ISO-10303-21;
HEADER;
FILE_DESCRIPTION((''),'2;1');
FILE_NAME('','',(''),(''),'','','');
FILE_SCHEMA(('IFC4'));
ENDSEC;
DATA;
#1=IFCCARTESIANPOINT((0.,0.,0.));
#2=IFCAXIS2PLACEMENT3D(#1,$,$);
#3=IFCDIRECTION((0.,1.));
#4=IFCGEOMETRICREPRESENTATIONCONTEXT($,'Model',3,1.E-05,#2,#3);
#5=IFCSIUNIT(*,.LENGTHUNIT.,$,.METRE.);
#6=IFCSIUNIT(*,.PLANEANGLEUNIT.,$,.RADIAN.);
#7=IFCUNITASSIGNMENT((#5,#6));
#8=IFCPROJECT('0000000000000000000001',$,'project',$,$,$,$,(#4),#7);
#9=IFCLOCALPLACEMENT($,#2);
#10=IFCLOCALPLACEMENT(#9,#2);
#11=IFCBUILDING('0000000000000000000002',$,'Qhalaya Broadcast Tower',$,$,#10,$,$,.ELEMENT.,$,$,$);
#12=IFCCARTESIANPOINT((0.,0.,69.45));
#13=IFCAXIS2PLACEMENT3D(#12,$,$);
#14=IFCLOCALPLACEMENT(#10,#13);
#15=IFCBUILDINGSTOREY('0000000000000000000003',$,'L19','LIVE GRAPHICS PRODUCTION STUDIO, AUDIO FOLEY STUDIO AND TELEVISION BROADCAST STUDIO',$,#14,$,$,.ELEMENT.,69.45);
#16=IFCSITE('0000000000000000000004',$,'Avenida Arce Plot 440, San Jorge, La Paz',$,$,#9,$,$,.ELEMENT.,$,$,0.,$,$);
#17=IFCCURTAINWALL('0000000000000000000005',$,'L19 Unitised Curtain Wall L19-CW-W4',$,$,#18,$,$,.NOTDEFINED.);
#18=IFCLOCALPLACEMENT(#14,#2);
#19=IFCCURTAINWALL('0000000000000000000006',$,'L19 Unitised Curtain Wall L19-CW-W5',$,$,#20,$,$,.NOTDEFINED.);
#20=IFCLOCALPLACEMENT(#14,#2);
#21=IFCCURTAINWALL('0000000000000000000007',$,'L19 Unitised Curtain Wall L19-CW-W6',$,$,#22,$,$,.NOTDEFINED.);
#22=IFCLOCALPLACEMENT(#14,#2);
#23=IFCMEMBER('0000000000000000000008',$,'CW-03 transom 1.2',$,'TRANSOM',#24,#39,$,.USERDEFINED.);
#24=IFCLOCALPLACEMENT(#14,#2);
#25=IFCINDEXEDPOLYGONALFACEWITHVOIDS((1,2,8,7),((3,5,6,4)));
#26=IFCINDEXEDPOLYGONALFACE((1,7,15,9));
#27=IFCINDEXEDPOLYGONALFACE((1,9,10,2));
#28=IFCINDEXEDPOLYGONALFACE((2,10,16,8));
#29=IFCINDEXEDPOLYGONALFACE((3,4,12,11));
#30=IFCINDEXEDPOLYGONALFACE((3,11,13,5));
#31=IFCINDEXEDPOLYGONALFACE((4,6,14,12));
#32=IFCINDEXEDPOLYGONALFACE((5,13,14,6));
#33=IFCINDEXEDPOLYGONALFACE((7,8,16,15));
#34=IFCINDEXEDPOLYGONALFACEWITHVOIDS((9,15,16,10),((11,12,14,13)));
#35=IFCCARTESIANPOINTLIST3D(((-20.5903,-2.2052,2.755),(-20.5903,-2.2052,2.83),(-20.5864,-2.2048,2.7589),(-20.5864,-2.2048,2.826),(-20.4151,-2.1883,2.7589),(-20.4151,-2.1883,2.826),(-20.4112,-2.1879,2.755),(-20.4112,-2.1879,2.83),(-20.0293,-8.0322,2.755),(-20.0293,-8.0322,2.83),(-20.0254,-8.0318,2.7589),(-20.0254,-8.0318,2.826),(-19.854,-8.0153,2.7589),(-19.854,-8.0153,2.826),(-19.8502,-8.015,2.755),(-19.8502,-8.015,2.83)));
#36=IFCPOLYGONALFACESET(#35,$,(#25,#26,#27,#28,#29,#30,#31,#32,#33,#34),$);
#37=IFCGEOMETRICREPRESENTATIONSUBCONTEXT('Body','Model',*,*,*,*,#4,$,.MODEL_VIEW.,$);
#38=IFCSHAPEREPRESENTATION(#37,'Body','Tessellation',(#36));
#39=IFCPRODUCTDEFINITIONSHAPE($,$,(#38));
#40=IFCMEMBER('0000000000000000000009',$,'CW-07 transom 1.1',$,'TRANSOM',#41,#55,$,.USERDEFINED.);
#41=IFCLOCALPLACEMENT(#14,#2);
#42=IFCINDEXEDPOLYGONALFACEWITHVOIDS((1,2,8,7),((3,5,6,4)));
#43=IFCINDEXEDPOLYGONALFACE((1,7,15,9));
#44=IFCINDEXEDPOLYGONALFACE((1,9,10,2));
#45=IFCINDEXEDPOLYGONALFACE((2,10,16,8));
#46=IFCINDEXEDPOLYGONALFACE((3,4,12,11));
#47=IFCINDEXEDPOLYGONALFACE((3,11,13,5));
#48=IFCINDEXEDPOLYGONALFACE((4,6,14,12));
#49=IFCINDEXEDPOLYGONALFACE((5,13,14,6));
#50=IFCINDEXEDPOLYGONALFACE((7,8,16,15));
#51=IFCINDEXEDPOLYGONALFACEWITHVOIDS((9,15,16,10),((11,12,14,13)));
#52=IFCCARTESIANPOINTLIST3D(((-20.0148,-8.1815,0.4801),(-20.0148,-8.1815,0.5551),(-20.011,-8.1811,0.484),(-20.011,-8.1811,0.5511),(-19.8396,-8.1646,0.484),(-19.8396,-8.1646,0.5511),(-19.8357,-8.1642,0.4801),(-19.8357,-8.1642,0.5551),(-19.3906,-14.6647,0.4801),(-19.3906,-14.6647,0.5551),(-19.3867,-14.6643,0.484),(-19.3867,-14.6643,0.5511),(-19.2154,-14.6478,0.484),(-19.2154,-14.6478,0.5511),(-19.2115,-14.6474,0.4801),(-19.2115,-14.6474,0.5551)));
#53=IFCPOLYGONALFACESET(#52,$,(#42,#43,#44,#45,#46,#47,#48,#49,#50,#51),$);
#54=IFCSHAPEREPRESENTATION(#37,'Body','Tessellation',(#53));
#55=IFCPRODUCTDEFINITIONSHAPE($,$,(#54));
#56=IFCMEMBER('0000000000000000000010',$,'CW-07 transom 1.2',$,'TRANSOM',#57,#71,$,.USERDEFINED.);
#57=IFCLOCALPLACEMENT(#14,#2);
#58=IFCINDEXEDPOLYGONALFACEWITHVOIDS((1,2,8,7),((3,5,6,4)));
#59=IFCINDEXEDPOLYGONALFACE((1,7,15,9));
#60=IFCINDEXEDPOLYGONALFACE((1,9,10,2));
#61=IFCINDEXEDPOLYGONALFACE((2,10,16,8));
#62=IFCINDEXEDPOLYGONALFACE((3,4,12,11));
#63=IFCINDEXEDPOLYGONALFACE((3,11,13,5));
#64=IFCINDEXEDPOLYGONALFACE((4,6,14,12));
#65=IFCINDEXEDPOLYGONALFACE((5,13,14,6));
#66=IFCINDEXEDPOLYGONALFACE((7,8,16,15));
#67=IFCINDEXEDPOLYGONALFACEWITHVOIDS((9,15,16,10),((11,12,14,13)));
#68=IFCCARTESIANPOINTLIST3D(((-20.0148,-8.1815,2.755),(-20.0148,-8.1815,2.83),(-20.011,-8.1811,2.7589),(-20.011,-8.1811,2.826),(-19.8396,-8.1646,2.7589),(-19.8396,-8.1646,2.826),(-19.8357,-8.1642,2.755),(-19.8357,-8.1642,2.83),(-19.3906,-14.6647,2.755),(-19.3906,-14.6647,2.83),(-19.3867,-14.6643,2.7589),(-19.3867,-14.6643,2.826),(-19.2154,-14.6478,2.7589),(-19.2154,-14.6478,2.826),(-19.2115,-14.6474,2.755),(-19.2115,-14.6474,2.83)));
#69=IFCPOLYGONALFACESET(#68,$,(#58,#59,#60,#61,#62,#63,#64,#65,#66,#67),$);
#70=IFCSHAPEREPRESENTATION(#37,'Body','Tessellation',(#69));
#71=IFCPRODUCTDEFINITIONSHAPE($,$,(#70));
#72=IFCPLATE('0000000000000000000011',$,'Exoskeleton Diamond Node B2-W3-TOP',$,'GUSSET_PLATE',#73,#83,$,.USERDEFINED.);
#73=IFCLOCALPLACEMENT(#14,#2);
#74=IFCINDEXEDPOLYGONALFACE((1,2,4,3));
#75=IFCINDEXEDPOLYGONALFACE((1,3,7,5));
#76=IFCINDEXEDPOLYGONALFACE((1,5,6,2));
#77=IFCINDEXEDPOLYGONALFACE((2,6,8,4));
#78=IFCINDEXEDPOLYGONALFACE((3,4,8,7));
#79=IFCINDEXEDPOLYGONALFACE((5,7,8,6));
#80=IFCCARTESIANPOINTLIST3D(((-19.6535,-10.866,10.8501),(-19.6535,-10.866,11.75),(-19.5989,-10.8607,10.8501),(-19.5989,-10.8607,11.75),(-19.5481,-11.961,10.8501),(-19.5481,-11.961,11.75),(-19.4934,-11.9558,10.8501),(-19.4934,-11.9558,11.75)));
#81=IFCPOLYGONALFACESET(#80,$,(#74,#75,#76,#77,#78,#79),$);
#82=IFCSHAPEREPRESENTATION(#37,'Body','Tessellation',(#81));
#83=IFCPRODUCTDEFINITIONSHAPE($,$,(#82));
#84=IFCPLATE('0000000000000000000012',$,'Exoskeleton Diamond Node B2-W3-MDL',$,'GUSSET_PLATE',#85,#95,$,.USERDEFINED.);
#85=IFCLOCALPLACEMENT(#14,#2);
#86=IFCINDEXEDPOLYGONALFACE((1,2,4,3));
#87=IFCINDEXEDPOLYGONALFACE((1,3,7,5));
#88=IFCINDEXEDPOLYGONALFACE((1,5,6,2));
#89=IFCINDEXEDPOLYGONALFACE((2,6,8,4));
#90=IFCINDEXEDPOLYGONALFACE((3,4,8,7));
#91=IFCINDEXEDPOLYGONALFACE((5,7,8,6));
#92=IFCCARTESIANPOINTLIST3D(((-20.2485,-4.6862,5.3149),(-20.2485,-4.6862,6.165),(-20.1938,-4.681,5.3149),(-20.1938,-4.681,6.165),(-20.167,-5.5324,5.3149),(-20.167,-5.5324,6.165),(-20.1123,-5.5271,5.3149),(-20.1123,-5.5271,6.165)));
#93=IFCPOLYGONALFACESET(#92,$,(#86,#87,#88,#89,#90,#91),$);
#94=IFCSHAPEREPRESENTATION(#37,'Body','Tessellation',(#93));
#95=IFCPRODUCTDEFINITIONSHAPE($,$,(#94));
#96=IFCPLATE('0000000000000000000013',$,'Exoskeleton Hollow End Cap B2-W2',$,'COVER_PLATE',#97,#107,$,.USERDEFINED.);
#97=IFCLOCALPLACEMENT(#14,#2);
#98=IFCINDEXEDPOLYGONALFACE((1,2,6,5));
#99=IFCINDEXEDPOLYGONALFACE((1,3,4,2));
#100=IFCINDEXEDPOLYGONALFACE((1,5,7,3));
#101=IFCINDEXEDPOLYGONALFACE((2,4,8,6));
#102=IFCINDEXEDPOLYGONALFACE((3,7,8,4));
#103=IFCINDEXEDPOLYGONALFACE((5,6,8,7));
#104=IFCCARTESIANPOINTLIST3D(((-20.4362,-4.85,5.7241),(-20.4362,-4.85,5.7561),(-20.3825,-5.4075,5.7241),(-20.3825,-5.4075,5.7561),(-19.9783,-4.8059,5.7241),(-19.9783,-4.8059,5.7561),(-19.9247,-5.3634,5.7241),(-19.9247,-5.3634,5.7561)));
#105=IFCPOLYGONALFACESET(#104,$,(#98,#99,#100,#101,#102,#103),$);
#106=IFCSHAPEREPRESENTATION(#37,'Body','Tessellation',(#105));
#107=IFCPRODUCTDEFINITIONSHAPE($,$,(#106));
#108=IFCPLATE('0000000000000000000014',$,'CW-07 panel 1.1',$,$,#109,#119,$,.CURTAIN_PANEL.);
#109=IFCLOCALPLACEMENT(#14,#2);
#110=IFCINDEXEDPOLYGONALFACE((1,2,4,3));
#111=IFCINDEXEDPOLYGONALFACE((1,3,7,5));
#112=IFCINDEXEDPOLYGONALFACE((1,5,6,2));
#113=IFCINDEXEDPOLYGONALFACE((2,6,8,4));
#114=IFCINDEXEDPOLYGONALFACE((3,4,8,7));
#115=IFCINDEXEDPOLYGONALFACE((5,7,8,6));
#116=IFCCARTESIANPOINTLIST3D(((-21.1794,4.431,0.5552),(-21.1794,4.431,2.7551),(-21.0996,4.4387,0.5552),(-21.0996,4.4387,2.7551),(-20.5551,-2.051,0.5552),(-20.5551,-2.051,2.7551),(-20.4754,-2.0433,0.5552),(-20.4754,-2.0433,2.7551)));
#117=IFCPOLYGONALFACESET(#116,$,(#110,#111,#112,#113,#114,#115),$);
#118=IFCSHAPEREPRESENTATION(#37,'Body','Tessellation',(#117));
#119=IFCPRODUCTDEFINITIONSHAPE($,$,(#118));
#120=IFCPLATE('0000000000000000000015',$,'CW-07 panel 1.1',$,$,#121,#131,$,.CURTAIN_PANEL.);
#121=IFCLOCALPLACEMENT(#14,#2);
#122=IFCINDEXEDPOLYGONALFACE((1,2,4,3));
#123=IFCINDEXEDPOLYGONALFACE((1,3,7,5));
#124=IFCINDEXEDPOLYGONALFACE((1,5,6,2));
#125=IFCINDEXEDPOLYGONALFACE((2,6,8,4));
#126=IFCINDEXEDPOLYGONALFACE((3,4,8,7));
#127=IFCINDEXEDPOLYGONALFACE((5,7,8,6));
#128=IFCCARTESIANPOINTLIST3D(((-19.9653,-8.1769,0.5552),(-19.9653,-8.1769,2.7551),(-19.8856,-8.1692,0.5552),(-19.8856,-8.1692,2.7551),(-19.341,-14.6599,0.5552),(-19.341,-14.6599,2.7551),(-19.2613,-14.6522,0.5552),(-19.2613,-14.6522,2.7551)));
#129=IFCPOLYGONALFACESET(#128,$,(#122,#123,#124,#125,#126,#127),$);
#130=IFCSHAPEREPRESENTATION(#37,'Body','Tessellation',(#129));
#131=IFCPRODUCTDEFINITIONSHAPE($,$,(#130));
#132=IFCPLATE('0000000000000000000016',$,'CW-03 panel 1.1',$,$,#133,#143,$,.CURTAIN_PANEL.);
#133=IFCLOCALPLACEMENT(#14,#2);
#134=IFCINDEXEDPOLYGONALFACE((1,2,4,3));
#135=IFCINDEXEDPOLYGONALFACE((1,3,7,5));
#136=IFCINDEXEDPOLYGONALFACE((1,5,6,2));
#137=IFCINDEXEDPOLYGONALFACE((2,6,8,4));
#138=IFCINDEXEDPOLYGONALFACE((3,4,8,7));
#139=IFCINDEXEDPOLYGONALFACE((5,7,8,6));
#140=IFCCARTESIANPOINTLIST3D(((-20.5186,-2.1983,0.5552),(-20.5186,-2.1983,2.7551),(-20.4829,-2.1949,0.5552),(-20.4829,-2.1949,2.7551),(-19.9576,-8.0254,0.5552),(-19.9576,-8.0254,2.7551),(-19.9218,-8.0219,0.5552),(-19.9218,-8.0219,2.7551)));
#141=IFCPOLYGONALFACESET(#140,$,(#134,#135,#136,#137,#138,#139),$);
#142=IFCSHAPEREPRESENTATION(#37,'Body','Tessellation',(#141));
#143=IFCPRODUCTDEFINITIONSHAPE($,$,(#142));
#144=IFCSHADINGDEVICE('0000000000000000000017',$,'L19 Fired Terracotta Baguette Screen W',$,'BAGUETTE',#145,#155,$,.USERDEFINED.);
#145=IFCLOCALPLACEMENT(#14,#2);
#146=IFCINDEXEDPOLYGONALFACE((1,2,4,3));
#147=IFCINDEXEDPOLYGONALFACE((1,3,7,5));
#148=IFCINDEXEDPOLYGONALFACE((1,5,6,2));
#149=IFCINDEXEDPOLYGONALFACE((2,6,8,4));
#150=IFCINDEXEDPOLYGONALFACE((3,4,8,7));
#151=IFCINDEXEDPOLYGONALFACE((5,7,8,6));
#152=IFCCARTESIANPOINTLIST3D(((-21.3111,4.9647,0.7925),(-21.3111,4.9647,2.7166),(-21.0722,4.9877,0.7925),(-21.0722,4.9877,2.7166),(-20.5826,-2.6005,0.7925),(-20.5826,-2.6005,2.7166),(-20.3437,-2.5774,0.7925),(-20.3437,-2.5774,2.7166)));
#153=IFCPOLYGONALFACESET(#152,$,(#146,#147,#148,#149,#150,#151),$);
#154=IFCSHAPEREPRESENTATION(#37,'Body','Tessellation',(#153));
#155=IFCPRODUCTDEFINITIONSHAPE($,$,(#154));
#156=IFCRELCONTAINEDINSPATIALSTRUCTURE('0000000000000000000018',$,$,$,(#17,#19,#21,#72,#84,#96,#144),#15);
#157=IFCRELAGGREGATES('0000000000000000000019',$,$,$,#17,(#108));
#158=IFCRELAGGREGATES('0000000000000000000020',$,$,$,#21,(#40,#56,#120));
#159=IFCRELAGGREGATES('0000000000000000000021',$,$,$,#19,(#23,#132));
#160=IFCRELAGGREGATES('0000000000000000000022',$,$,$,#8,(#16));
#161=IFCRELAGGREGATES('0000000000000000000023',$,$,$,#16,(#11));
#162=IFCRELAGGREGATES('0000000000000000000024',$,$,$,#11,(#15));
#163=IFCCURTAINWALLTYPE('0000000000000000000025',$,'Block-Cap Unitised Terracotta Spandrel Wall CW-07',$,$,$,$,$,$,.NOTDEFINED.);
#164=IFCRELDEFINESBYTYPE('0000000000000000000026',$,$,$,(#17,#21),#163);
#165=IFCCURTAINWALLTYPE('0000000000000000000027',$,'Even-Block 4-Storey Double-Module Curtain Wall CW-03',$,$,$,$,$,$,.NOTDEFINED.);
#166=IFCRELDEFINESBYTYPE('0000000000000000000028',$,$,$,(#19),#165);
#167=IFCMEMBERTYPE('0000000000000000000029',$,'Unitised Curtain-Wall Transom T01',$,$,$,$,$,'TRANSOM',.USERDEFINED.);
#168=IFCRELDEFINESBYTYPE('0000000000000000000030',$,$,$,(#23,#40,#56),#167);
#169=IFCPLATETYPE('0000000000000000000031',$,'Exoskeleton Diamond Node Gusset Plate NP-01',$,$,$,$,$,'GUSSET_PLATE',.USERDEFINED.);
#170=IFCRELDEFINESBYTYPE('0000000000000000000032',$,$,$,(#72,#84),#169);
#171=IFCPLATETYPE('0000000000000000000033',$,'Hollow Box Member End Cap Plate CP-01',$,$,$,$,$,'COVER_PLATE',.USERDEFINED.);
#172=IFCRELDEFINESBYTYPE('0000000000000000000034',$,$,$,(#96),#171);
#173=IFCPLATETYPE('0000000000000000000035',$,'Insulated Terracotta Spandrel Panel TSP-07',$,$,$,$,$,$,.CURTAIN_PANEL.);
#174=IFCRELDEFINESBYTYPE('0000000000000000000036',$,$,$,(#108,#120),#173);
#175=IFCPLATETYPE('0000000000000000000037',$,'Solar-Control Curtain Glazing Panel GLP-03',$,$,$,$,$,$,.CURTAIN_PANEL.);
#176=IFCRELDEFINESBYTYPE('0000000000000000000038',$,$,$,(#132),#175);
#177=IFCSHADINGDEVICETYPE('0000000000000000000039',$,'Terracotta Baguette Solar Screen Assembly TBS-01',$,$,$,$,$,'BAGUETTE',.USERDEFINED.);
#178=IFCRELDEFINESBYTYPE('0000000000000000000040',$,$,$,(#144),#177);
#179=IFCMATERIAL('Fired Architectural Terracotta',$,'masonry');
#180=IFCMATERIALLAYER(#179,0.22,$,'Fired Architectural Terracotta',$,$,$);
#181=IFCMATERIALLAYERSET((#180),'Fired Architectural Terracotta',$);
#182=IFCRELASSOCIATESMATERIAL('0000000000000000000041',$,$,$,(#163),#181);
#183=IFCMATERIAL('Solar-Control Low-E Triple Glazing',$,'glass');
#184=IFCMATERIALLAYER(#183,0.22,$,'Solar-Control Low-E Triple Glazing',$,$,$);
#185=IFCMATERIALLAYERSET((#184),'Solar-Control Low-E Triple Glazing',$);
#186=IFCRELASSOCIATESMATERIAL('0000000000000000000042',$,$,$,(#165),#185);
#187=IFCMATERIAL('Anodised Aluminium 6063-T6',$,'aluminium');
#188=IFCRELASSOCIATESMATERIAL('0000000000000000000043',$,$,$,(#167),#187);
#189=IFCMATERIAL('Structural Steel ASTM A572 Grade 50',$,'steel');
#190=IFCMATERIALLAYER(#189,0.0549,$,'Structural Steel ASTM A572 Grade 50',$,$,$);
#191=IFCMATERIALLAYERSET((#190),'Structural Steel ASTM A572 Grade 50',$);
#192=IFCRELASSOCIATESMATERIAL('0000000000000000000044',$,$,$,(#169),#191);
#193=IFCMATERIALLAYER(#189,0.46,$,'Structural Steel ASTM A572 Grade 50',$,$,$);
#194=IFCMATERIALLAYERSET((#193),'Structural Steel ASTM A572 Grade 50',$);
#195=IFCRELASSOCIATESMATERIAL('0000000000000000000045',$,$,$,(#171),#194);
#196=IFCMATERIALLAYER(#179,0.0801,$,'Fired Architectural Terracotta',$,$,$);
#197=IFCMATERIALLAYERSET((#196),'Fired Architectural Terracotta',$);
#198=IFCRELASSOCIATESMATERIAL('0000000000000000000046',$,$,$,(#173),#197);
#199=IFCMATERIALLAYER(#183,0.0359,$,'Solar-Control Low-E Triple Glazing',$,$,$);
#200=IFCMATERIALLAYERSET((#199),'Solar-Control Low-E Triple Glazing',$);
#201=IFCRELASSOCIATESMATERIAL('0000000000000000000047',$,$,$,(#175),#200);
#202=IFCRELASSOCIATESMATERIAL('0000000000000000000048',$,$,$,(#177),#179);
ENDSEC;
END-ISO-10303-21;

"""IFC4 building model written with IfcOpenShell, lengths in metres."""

from ifc_helpers import new_model, si_unit, direction, frame, origin, origin_2d, place, context, subcontext, project, spatial, rectangle, hollow_rectangle, extrude, material, layer, layer_set, material_profile, profile_set, type_object, element, aggregate, save


model = new_model("IFC4")

# Units and contexts
model_context = context("Model", 3, precision=1e-05, world=origin(), true_north=direction((0.0, 1.0)))
body_context = subcontext(model_context, "Body", "Model", "MODEL_VIEW")
ifc_project = project(units=[si_unit("LENGTHUNIT", "METRE"), si_unit("PLANEANGLEUNIT", "RADIAN")], contexts=[model_context])

# Site, building, storey
site_placement = place(None, origin())
site = spatial("IfcSite", under=ifc_project, at=site_placement, Name="Avenida Arce Plot 440, San Jorge, La Paz", CompositionType="ELEMENT", RefElevation=0.0)
building_placement = place(site_placement, origin())
building = spatial("IfcBuilding", under=site, at=building_placement, Name="Qhalaya Broadcast Tower", CompositionType="ELEMENT")
storey_placement = place(building_placement, frame((0.0, 0.0, 69.45)))
storey = spatial("IfcBuildingStorey", under=building, at=storey_placement, Name="L19", Description="LIVE GRAPHICS PRODUCTION STUDIO, AUDIO FOLEY STUDIO AND TELEVISION BROADCAST STUDIO", CompositionType="ELEMENT", Elevation=69.45)

# Shared definitions
ifc_material_1 = material(Name="Structural Steel ASTM A572 Grade 50", Category="steel")

# Curtain wall
ifc_material_2 = material(Name="Fired Architectural Terracotta", Category="masonry")
ifc_layer_1 = layer(ifc_material_2, 0.22, Name="Fired Architectural Terracotta")
ifc_layer_set_1 = layer_set([ifc_layer_1], Name="Fired Architectural Terracotta")
curtain_wall_type_1 = type_object("IfcCurtainWallType", Name="Block-Cap Unitised Terracotta Spandrel Wall CW-07", PredefinedType="NOTDEFINED", material=ifc_layer_set_1)
curtain_wall_1_placement = place(storey_placement, origin())
curtain_wall_1 = element("IfcCurtainWall", 1, at=curtain_wall_1_placement, inside=storey, type_object=curtain_wall_type_1, Name="L19 Unitised Curtain Wall L19-CW-W4", PredefinedType="NOTDEFINED")
ifc_material_3 = material(Name="Anodised Aluminium 6063-T6", Category="aluminium")

# Curtain wall
ifc_material_4 = material(Name="Solar-Control Low-E Triple Glazing", Category="glass")
ifc_layer_2 = layer(ifc_material_4, 0.22, Name="Solar-Control Low-E Triple Glazing")
ifc_layer_set_2 = layer_set([ifc_layer_2], Name="Solar-Control Low-E Triple Glazing")
curtain_wall_type_2 = type_object("IfcCurtainWallType", Name="Even-Block 4-Storey Double-Module Curtain Wall CW-03", PredefinedType="NOTDEFINED", material=ifc_layer_set_2)
curtain_wall_2_placement = place(storey_placement, origin())
curtain_wall_2 = element("IfcCurtainWall", 2, at=curtain_wall_2_placement, inside=storey, type_object=curtain_wall_type_2, Name="L19 Unitised Curtain Wall L19-CW-W5", PredefinedType="NOTDEFINED")

# Curtain wall
curtain_wall_3_placement = place(storey_placement, origin())
curtain_wall_3 = element("IfcCurtainWall", 3, at=curtain_wall_3_placement, inside=storey, type_object=curtain_wall_type_1, Name="L19 Unitised Curtain Wall L19-CW-W6", PredefinedType="NOTDEFINED")

# Members
ifc_material_profile_1 = material_profile(ifc_material_3, hollow_rectangle(XDim=0.075, YDim=0.1799, WallThickness=0.0039, at=origin_2d()), Name="ALU-TRN 75x180x4")
ifc_profile_set_1 = profile_set([ifc_material_profile_1], Name="Anodised Aluminium 6063-T6")
member_type_1 = type_object("IfcMemberType", Name="Unitised Curtain-Wall Transom T01", ElementType="TRANSOM", PredefinedType="USERDEFINED", material=ifc_profile_set_1)
member_1_placement = place(storey_placement, frame((-20.5007, -2.1965, 2.7925), z_axis=(0.095836, -0.995397, 0.0), x_axis=(0.0, 0.0, 1.0)))
member_1 = element("IfcMember", 4, at=member_1_placement, type_object=member_type_1, Name="CW-03 transom 1.2", ObjectType="TRANSOM", PredefinedType="USERDEFINED", context=body_context, shape_type="SweptSolid", body=[
    extrude(hollow_rectangle(XDim=0.075, YDim=0.1799, WallThickness=0.0039, at=origin_2d()), origin(), (0.0, 0.0, 1.0), 5.854),
])
member_2_placement = place(storey_placement, frame((-19.9253, -8.1729, 0.5176), z_axis=(0.095847, -0.995396, 0.0), x_axis=(0.0, 0.0, 1.0)))
member_2 = element("IfcMember", 5, at=member_2_placement, type_object=member_type_1, Name="CW-07 transom 1.1", ObjectType="TRANSOM", PredefinedType="USERDEFINED", context=body_context, shape_type="SweptSolid", body=[
    extrude(hollow_rectangle(XDim=0.075, YDim=0.1799, WallThickness=0.0039, at=origin_2d()), origin(), (0.0, 0.0, 1.0), 6.5132),
])
member_3_placement = place(storey_placement, frame((-19.9253, -8.1729, 2.7925), z_axis=(0.095847, -0.995396, 0.0), x_axis=(0.0, 0.0, 1.0)))
member_3 = element("IfcMember", 6, at=member_3_placement, type_object=member_type_1, Name="CW-07 transom 1.2", ObjectType="TRANSOM", PredefinedType="USERDEFINED", context=body_context, shape_type="SweptSolid", body=[
    extrude(hollow_rectangle(XDim=0.075, YDim=0.1799, WallThickness=0.0039, at=origin_2d()), origin(), (0.0, 0.0, 1.0), 6.5132),
])

# Plates
ifc_layer_3 = layer(ifc_material_1, 0.0549, Name="Structural Steel ASTM A572 Grade 50")
ifc_layer_set_3 = layer_set([ifc_layer_3], Name="Structural Steel ASTM A572 Grade 50")
plate_type_1 = type_object("IfcPlateType", Name="Exoskeleton Diamond Node Gusset Plate NP-01", ElementType="GUSSET_PLATE", PredefinedType="USERDEFINED", material=ifc_layer_set_3)
plate_1_placement = place(storey_placement, frame((-19.5735, -11.4109, 10.8501), z_axis=(0.0, 0.0, 1.0), x_axis=(-0.095846, 0.995396, 0.0)))
element("IfcPlate", 7, at=plate_1_placement, inside=storey, type_object=plate_type_1, Name="Exoskeleton Diamond Node B2-W3-TOP", ObjectType="GUSSET_PLATE", PredefinedType="USERDEFINED", context=body_context, shape_type="SweptSolid", body=[
    extrude(rectangle(XDim=1.1001, YDim=0.0549, at=origin_2d()), origin(), (0.0, 0.0, 1.0), 0.8999),
])
plate_2_placement = place(storey_placement, frame((-20.1804, -5.1067, 5.3149), z_axis=(0.0, 0.0, 1.0), x_axis=(-0.095846, 0.995396, 0.0)))
element("IfcPlate", 8, at=plate_2_placement, inside=storey, type_object=plate_type_1, Name="Exoskeleton Diamond Node B2-W3-MDL", ObjectType="GUSSET_PLATE", PredefinedType="USERDEFINED", context=body_context, shape_type="SweptSolid", body=[
    extrude(rectangle(XDim=0.8501, YDim=0.0549, at=origin_2d()), origin(), (0.0, 0.0, 1.0), 0.8501),
])
ifc_layer_4 = layer(ifc_material_1, 0.46, Name="Structural Steel ASTM A572 Grade 50")
ifc_layer_set_4 = layer_set([ifc_layer_4], Name="Structural Steel ASTM A572 Grade 50")
plate_type_2 = type_object("IfcPlateType", Name="Hollow Box Member End Cap Plate CP-01", ElementType="COVER_PLATE", PredefinedType="USERDEFINED", material=ifc_layer_set_4)
plate_3_placement = place(storey_placement, frame((-20.1804, -5.1067, 5.7241), z_axis=(0.0, 0.0, 1.0), x_axis=(-0.095846, 0.995396, 0.0)))
element("IfcPlate", 9, at=plate_3_placement, inside=storey, type_object=plate_type_2, Name="Exoskeleton Hollow End Cap B2-W2", ObjectType="COVER_PLATE", PredefinedType="USERDEFINED", context=body_context, shape_type="SweptSolid", body=[
    extrude(rectangle(XDim=0.5601, YDim=0.46, at=origin_2d()), origin(), (0.0, 0.0, 1.0), 0.032),
])

# Plates
ifc_layer_5 = layer(ifc_material_2, 0.0801, Name="Fired Architectural Terracotta")
ifc_layer_set_5 = layer_set([ifc_layer_5], Name="Fired Architectural Terracotta")
plate_type_3 = type_object("IfcPlateType", Name="Insulated Terracotta Spandrel Panel TSP-07", PredefinedType="CURTAIN_PANEL", material=ifc_layer_set_5)
plate_4_placement = place(storey_placement, frame((-20.8274, 1.1938, 0.5552), z_axis=(0.0, 0.0, 1.0), x_axis=(0.095857, -0.995395, 0.0)))
plate_4 = element("IfcPlate", 10, at=plate_4_placement, type_object=plate_type_3, Name="CW-07 panel 1.1", PredefinedType="CURTAIN_PANEL", context=body_context, shape_type="SweptSolid", body=[
    extrude(rectangle(XDim=6.512, YDim=0.0801, at=origin_2d()), origin(), (0.0, 0.0, 1.0), 2.2),
])
aggregate(curtain_wall_1, [plate_4])
plate_5_placement = place(storey_placement, frame((-19.6133, -11.4146, 0.5552), z_axis=(0.0, 0.0, 1.0), x_axis=(0.095858, -0.995395, 0.0)))
plate_5 = element("IfcPlate", 11, at=plate_5_placement, type_object=plate_type_3, Name="CW-07 panel 1.1", PredefinedType="CURTAIN_PANEL", context=body_context, shape_type="SweptSolid", body=[
    extrude(rectangle(XDim=6.5129, YDim=0.0801, at=origin_2d()), origin(), (0.0, 0.0, 1.0), 2.2),
])
aggregate(curtain_wall_3, [member_2, member_3, plate_5])
ifc_layer_6 = layer(ifc_material_4, 0.0359, Name="Solar-Control Low-E Triple Glazing")
ifc_layer_set_6 = layer_set([ifc_layer_6], Name="Solar-Control Low-E Triple Glazing")
plate_type_4 = type_object("IfcPlateType", Name="Solar-Control Curtain Glazing Panel GLP-03", PredefinedType="CURTAIN_PANEL", material=ifc_layer_set_6)
plate_6_placement = place(storey_placement, frame((-20.2202, -5.1101, 0.5552), z_axis=(0.0, 0.0, 1.0), x_axis=(0.095836, -0.995397, 0.0)))
plate_6 = element("IfcPlate", 12, at=plate_6_placement, type_object=plate_type_4, Name="CW-03 panel 1.1", PredefinedType="CURTAIN_PANEL", context=body_context, shape_type="SweptSolid", body=[
    extrude(rectangle(XDim=5.854, YDim=0.0359, at=origin_2d()), origin(), (0.0, 0.0, 1.0), 2.2),
])
aggregate(curtain_wall_2, [member_1, plate_6])

# Shading device
shading_device_type = type_object("IfcShadingDeviceType", Name="Terracotta Baguette Solar Screen Assembly TBS-01", ElementType="BAGUETTE", PredefinedType="USERDEFINED", material=ifc_material_2)
shading_device_placement = place(storey_placement, frame((-20.8274, 1.1936, 0.7925), z_axis=(0.0, 0.0, 1.0), x_axis=(0.095846, -0.995396, 0.0)))
element("IfcShadingDevice", 13, at=shading_device_placement, inside=storey, type_object=shading_device_type, Name="L19 Fired Terracotta Baguette Screen W", ObjectType="BAGUETTE", PredefinedType="USERDEFINED", context=body_context, shape_type="SweptSolid", body=[
    extrude(rectangle(XDim=7.6001, YDim=0.24, at=origin_2d()), origin(), (0.0, 0.0, 1.0), 1.9241),
])

save(model, "model.ifc")
